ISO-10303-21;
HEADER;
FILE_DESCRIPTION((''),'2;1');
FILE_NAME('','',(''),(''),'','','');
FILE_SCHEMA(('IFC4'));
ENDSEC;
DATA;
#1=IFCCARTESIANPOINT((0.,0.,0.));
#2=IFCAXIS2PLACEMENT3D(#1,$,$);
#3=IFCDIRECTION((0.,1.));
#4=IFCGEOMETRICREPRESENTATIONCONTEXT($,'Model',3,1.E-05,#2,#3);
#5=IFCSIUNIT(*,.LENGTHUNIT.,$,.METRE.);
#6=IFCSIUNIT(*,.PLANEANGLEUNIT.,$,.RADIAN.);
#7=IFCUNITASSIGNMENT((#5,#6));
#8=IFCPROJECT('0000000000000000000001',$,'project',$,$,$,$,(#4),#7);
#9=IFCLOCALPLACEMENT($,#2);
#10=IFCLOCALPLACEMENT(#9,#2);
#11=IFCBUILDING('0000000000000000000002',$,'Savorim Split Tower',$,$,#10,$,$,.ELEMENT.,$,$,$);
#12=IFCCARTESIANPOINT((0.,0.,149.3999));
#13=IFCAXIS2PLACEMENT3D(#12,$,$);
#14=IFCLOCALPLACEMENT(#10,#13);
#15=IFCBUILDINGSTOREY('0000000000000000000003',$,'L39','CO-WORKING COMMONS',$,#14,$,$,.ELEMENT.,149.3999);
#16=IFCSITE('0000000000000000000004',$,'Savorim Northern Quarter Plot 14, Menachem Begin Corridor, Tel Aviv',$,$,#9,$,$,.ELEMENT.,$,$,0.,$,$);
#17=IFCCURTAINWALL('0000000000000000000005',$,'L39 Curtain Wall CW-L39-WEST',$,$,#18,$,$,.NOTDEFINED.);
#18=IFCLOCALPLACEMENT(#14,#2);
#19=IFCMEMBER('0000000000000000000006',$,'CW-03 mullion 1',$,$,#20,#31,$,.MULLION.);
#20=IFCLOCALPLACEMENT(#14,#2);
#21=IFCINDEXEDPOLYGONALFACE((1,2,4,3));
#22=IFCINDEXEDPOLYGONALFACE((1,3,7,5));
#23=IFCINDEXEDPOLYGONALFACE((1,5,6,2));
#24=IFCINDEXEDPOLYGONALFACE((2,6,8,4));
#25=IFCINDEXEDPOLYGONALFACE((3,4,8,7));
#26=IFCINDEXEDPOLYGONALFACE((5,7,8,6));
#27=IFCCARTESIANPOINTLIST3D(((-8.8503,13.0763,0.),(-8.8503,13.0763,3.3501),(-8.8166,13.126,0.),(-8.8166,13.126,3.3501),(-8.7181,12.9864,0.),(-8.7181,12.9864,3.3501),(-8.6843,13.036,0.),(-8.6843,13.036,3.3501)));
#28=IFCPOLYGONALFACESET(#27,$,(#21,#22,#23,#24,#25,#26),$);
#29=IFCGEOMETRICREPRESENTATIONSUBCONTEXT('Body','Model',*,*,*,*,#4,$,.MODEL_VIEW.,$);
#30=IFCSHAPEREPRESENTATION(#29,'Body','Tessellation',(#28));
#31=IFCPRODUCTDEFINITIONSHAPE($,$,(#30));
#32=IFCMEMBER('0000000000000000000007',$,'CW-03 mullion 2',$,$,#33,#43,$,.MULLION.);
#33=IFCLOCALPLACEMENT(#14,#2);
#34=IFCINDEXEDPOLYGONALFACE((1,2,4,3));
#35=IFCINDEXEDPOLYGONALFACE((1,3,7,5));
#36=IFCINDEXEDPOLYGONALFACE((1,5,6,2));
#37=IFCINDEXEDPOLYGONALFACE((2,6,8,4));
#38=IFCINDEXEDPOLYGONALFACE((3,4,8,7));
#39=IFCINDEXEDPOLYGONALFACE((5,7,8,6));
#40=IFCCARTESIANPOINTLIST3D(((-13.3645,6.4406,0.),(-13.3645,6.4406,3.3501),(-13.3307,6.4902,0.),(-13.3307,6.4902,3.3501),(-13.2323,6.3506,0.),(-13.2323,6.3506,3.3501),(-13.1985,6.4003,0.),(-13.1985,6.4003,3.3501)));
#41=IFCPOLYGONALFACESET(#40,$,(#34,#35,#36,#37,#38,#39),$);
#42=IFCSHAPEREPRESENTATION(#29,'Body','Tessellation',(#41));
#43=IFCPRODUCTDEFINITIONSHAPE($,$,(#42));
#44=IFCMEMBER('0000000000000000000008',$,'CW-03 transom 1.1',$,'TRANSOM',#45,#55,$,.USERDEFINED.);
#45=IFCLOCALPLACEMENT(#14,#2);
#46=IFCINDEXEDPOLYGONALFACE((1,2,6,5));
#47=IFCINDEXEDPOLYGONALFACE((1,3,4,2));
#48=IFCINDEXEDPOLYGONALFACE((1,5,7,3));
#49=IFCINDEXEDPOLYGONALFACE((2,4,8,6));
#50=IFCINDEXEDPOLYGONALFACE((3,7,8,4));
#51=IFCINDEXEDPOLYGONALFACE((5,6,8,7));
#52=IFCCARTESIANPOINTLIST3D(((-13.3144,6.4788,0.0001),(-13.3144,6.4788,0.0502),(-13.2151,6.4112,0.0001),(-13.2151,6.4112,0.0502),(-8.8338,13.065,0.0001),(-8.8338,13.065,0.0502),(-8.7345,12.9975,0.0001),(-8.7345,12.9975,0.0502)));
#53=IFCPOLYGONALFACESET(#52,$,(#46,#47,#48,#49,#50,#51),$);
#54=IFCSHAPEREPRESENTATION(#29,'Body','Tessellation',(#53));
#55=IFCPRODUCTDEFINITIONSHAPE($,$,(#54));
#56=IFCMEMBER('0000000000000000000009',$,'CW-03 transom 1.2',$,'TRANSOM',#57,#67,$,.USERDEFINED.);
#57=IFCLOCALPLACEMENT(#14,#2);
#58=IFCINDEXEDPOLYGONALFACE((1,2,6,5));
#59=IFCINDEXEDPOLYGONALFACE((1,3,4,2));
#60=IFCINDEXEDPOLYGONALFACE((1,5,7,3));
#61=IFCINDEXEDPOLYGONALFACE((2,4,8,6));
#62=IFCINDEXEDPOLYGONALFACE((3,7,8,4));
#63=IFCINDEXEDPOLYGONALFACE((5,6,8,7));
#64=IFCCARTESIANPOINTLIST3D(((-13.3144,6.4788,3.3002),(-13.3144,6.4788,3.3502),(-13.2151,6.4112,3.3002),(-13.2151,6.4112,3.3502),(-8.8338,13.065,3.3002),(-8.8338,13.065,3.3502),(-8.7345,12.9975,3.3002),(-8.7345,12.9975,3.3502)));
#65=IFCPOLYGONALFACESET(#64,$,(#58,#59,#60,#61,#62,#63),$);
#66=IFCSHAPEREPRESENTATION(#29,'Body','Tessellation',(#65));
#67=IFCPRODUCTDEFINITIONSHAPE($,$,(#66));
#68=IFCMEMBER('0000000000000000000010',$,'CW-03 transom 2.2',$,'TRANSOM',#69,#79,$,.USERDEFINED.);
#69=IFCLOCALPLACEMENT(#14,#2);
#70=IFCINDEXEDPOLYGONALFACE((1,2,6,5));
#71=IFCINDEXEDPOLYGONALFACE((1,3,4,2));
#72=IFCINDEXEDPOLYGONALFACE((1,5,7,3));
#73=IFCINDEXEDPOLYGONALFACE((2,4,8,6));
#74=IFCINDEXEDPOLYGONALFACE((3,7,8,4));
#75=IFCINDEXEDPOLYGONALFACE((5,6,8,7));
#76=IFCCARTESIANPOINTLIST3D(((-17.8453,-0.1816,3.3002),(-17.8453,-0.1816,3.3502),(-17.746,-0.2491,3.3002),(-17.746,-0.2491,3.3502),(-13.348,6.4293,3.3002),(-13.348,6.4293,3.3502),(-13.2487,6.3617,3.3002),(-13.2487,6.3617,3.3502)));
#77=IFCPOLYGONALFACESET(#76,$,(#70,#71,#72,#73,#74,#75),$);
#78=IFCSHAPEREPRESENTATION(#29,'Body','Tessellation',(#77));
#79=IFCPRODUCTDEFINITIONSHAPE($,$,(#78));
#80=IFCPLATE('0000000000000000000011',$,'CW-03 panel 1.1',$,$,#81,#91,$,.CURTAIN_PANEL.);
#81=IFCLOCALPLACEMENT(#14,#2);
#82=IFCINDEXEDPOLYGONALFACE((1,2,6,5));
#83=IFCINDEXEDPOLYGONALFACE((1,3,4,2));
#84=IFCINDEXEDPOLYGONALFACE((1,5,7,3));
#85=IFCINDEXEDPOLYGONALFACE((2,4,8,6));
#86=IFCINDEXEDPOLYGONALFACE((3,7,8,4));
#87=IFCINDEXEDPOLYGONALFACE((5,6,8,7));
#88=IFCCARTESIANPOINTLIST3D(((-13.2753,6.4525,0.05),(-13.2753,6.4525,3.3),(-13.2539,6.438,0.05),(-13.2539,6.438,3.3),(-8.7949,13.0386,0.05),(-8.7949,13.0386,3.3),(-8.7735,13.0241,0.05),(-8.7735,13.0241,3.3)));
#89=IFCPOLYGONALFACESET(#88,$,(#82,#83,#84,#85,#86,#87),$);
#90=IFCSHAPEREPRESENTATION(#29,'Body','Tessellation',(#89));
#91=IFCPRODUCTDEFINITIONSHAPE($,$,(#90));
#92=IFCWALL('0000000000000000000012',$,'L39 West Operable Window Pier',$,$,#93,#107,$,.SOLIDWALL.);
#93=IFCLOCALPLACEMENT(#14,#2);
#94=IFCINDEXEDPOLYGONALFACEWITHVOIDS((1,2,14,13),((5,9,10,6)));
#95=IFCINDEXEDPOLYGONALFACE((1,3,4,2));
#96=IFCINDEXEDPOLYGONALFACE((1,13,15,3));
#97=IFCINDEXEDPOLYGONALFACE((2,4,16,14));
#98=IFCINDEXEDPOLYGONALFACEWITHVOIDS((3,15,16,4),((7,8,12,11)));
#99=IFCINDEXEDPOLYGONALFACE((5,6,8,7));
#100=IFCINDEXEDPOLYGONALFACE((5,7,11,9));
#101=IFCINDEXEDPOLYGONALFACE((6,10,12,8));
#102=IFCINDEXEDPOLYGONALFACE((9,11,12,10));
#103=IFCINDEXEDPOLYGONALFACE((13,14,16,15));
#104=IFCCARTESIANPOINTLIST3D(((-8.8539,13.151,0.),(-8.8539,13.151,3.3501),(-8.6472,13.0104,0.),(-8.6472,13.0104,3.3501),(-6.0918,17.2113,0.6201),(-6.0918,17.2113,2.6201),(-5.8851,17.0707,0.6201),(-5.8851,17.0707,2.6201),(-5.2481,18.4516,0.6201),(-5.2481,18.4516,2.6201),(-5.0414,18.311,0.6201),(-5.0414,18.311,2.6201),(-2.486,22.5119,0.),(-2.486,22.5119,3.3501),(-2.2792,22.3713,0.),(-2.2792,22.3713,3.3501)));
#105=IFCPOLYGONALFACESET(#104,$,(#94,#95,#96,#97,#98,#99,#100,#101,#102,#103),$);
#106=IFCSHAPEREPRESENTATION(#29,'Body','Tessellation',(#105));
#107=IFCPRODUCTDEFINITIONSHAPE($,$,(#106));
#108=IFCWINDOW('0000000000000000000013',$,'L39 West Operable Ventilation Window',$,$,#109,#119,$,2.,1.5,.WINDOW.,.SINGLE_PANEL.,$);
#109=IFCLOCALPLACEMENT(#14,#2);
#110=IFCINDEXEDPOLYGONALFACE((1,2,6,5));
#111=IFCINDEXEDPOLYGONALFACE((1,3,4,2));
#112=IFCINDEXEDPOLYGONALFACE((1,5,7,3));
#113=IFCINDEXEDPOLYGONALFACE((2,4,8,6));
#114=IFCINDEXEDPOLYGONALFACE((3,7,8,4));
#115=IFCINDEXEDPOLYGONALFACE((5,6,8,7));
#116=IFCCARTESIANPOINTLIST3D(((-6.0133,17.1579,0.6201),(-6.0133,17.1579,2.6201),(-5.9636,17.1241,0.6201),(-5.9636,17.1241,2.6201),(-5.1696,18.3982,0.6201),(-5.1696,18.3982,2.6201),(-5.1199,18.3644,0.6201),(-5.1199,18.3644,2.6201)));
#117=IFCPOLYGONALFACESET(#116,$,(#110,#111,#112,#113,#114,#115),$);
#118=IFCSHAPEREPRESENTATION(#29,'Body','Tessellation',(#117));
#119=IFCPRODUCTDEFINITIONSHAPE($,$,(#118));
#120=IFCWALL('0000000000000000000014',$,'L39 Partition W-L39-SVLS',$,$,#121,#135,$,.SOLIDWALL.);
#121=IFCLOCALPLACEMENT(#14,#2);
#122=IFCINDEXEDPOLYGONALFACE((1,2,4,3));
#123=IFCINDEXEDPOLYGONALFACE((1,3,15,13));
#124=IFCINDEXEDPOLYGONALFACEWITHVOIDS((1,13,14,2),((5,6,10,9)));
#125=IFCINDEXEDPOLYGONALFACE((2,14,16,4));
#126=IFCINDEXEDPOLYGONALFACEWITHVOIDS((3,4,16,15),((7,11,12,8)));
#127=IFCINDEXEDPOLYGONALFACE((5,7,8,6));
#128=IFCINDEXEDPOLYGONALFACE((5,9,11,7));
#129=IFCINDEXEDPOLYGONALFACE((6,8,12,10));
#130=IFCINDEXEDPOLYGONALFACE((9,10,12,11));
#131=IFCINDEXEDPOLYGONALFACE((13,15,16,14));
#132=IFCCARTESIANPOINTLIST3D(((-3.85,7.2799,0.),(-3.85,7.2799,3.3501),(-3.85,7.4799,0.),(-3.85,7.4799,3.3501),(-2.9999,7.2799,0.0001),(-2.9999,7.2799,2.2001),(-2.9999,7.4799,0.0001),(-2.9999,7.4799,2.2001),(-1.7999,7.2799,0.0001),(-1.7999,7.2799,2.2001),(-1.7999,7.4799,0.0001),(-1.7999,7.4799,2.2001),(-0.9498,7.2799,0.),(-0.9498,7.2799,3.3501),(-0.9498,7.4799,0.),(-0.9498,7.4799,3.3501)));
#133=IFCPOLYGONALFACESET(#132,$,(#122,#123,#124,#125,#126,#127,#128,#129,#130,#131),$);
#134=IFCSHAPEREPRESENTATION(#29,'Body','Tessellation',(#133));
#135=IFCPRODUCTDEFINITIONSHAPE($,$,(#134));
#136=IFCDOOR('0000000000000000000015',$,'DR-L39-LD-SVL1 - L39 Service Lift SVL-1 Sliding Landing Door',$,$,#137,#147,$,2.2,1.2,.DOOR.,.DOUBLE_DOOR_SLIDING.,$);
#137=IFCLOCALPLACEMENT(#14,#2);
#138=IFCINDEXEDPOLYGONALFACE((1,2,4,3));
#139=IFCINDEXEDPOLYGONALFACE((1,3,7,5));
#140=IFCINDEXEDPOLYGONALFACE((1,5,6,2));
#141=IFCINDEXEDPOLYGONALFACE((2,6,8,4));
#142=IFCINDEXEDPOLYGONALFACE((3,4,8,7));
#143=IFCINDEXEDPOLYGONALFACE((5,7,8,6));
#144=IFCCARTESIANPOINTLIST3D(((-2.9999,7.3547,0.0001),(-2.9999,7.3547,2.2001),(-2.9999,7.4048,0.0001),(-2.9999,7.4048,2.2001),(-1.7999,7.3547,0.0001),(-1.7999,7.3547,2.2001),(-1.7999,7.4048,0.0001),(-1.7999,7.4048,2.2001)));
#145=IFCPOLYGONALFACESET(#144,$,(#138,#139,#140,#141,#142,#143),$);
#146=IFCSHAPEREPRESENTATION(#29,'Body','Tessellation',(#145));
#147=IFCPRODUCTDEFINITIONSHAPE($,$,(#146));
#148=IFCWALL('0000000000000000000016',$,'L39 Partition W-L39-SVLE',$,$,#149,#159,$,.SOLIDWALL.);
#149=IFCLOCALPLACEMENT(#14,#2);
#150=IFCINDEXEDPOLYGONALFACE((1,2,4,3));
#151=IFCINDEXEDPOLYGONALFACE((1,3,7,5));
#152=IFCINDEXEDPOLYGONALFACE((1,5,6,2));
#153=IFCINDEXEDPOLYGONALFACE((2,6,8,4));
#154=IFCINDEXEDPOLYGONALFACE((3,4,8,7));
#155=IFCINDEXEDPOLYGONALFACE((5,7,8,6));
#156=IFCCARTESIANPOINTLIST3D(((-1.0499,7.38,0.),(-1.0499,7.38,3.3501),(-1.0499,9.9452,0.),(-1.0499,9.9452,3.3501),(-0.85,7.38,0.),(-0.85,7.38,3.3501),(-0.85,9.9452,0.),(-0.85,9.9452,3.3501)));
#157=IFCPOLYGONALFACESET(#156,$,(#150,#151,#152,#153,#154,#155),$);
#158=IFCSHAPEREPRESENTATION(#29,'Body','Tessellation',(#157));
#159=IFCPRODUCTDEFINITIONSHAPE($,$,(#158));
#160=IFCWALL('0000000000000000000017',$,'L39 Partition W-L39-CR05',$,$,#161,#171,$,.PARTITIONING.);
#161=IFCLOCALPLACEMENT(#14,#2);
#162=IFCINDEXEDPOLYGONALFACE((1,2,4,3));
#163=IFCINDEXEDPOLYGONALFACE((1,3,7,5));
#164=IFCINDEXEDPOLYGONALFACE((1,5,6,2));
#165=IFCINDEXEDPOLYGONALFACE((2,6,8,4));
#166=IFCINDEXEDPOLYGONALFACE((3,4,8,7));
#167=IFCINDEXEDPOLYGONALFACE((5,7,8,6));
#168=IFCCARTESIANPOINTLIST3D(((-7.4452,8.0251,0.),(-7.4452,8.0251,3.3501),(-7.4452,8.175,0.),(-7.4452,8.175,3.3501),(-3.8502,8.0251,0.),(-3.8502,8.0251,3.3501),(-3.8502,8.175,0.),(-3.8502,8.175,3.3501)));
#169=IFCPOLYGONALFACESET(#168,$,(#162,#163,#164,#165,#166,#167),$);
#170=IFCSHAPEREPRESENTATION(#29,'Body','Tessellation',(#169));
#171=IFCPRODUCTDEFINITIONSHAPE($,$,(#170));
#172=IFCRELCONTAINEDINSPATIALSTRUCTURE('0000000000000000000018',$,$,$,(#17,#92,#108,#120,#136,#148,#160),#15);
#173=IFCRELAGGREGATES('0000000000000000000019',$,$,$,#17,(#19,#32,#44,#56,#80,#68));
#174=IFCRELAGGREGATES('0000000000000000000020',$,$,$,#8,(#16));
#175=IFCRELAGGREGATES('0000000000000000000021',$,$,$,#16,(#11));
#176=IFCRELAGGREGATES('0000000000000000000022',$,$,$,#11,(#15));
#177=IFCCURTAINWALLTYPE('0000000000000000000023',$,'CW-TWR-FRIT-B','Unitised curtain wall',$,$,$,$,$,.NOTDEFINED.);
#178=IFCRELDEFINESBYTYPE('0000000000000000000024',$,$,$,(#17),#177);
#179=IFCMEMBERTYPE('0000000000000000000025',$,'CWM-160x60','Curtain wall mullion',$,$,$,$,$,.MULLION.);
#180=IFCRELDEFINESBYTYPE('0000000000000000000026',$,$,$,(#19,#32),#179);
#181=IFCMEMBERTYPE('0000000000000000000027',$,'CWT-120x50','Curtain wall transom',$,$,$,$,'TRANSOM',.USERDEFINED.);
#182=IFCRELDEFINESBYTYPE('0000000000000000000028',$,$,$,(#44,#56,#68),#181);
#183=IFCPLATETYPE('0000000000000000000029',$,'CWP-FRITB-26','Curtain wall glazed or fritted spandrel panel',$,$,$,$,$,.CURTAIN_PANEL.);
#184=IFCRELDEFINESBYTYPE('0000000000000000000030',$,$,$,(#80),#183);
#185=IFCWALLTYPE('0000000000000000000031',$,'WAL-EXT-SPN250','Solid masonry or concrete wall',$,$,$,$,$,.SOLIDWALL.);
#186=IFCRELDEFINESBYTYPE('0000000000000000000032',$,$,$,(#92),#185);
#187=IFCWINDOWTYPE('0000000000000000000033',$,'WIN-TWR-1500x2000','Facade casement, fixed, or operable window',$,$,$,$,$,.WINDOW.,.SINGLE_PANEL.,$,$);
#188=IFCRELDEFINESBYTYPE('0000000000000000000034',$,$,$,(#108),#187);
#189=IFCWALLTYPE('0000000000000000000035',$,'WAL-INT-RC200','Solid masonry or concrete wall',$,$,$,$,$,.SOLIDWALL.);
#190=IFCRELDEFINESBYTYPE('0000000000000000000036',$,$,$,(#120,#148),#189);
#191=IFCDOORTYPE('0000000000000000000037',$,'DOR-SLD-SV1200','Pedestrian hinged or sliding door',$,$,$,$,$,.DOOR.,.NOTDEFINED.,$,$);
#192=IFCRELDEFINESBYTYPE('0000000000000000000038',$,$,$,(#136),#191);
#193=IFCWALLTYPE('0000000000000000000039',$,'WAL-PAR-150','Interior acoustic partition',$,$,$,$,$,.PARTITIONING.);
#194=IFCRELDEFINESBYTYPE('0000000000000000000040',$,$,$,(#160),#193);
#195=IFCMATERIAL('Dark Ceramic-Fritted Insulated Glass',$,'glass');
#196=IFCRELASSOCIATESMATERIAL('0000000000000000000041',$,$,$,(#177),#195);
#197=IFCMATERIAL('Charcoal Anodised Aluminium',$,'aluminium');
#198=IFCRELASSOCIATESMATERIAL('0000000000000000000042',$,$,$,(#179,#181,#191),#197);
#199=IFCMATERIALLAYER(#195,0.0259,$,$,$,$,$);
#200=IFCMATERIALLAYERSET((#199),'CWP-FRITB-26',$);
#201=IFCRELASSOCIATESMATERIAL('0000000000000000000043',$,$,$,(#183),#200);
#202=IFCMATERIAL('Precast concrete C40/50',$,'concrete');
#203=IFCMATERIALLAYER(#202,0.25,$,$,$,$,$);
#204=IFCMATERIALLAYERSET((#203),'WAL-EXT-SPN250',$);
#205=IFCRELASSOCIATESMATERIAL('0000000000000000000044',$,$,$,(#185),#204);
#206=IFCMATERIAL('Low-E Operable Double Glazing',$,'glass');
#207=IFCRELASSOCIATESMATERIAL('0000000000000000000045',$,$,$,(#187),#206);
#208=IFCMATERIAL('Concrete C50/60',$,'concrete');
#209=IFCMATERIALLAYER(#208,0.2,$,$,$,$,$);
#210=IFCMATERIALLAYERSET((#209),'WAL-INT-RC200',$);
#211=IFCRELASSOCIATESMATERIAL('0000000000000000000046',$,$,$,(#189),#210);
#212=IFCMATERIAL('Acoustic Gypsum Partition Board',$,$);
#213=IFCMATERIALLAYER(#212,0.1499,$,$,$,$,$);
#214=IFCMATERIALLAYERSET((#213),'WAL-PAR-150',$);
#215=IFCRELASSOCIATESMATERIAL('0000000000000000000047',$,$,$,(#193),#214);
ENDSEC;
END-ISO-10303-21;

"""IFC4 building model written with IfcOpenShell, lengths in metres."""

from ifc_helpers import new_model, si_unit, direction, frame, frame_2d, origin, origin_2d, place, context, subcontext, project, spatial, rectangle, extrude, material, layer, layer_set, material_profile, profile_set, type_object, element, fill, aggregate, save


model = new_model("IFC4")

# Units and contexts
model_context = context("Model", 3, precision=1e-05, world=origin(), true_north=direction((0.0, 1.0)))
body_context = subcontext(model_context, "Body", "Model", "MODEL_VIEW")
ifc_project = project(units=[si_unit("LENGTHUNIT", "METRE"), si_unit("PLANEANGLEUNIT", "RADIAN")], contexts=[model_context])

# Site, building, storey
site_placement = place(None, origin())
site = spatial("IfcSite", under=ifc_project, at=site_placement, Name="Savorim Northern Quarter Plot 14, Menachem Begin Corridor, Tel Aviv", CompositionType="ELEMENT", RefElevation=0.0)
building_placement = place(site_placement, origin())
building = spatial("IfcBuilding", under=site, at=building_placement, Name="Savorim Split Tower", CompositionType="ELEMENT")
storey_placement = place(building_placement, frame((0.0, 0.0, 149.3999)))
storey = spatial("IfcBuildingStorey", under=building, at=storey_placement, Name="L39", Description="CO-WORKING COMMONS", CompositionType="ELEMENT", Elevation=149.3999)

# Curtain wall, members, plate
ifc_material_1 = material(Name="Dark Ceramic-Fritted Insulated Glass", Category="glass")
curtain_wall_type = type_object("IfcCurtainWallType", Name="CW-TWR-FRIT-B", Description="Unitised curtain wall", PredefinedType="NOTDEFINED", material=ifc_material_1)
curtain_wall_placement = place(storey_placement, origin())
curtain_wall = element("IfcCurtainWall", 1, at=curtain_wall_placement, inside=storey, type_object=curtain_wall_type, Name="L39 Curtain Wall CW-L39-WEST", PredefinedType="NOTDEFINED")
ifc_material_2 = material(Name="Charcoal Anodised Aluminium", Category="aluminium")
ifc_material_profile_1 = material_profile(ifc_material_2, rectangle(XDim=0.1599, YDim=0.0601, at=origin_2d()), Name="ALU-M 160x60")
ifc_profile_set_1 = profile_set([ifc_material_profile_1], Name="Charcoal Anodised Aluminium")
member_type_1 = type_object("IfcMemberType", Name="CWM-160x60", Description="Curtain wall mullion", PredefinedType="MULLION", material=ifc_profile_set_1)
member_1_placement = place(storey_placement, frame((-8.7673, 13.0562, 0.0), z_axis=(0.0, 0.0, 1.0), x_axis=(0.82682, -0.562466, 0.0)))
member_1 = element("IfcMember", 2, at=member_1_placement, type_object=member_type_1, Name="CW-03 mullion 1", PredefinedType="MULLION", context=body_context, shape_type="SweptSolid", body=[
    extrude(rectangle(XDim=0.1599, YDim=0.0601, at=origin_2d()), origin(), (0.0, 0.0, 1.0), 3.3501),
])
member_2_placement = place(storey_placement, frame((-13.2815, 6.4204, 0.0), z_axis=(0.0, 0.0, 1.0), x_axis=(0.82682, -0.562466, 0.0)))
member_2 = element("IfcMember", 3, at=member_2_placement, type_object=member_type_1, Name="CW-03 mullion 2", PredefinedType="MULLION", context=body_context, shape_type="SweptSolid", body=[
    extrude(rectangle(XDim=0.1599, YDim=0.0601, at=origin_2d()), origin(), (0.0, 0.0, 1.0), 3.3501),
])
ifc_material_profile_2 = material_profile(ifc_material_2, rectangle(XDim=0.1201, YDim=0.05, at=origin_2d()), Name="ALU-T 120x50")
ifc_profile_set_2 = profile_set([ifc_material_profile_2], Name="Charcoal Anodised Aluminium")
member_type_2 = type_object("IfcMemberType", Name="CWT-120x50", Description="Curtain wall transom", ElementType="TRANSOM", PredefinedType="USERDEFINED", material=ifc_profile_set_2)
member_3_placement = place(storey_placement, frame((-8.7842, 13.0312, 0.0251), z_axis=(-0.56247, -0.826818, 0.0), x_axis=(0.826818, -0.56247, 0.0)))
member_3 = element("IfcMember", 4, at=member_3_placement, type_object=member_type_2, Name="CW-03 transom 1.1", ObjectType="TRANSOM", PredefinedType="USERDEFINED", context=body_context, shape_type="SweptSolid", body=[
    extrude(rectangle(XDim=0.1201, YDim=0.05, at=origin_2d()), origin(), (0.0, 0.0, 1.0), 7.9658),
])
member_4_placement = place(storey_placement, frame((-8.7842, 13.0312, 3.3252), z_axis=(-0.56247, -0.826818, 0.0), x_axis=(0.826818, -0.56247, 0.0)))
member_4 = element("IfcMember", 5, at=member_4_placement, type_object=member_type_2, Name="CW-03 transom 1.2", ObjectType="TRANSOM", PredefinedType="USERDEFINED", context=body_context, shape_type="SweptSolid", body=[
    extrude(rectangle(XDim=0.1201, YDim=0.05, at=origin_2d()), origin(), (0.0, 0.0, 1.0), 7.9658),
])
member_5_placement = place(storey_placement, frame((-13.2983, 6.3955, 3.3252), z_axis=(-0.562476, -0.826813, 0.0), x_axis=(0.826813, -0.562476, 0.0)))
member_5 = element("IfcMember", 6, at=member_5_placement, type_object=member_type_2, Name="CW-03 transom 2.2", ObjectType="TRANSOM", PredefinedType="USERDEFINED", context=body_context, shape_type="SweptSolid", body=[
    extrude(rectangle(XDim=0.1201, YDim=0.05, at=origin_2d()), origin(), (0.0, 0.0, 1.0), 7.9956),
])
ifc_layer_1 = layer(ifc_material_1, 0.0259)
ifc_layer_set_1 = layer_set([ifc_layer_1], Name="CWP-FRITB-26")
plate_type = type_object("IfcPlateType", Name="CWP-FRITB-26", Description="Curtain wall glazed or fritted spandrel panel", PredefinedType="CURTAIN_PANEL", material=ifc_layer_set_1)
plate_placement = place(storey_placement, frame((-11.0244, 9.7383, 0.05), z_axis=(0.0, 0.0, 1.0), x_axis=(-0.562466, -0.82682, 0.0)))
plate = element("IfcPlate", 7, at=plate_placement, type_object=plate_type, Name="CW-03 panel 1.1", PredefinedType="CURTAIN_PANEL", context=body_context, shape_type="SweptSolid", body=[
    extrude(rectangle(XDim=7.9656, YDim=0.0259, at=origin_2d()), origin(), (0.0, 0.0, 1.0), 3.25),
])
aggregate(curtain_wall, [member_1, member_2, member_3, member_4, plate, member_5])

# Shared definitions
ifc_material_3 = material(Name="Precast concrete C40/50", Category="concrete")

# Wall, opening, window
ifc_layer_2 = layer(ifc_material_3, 0.25)
ifc_layer_set_2 = layer_set([ifc_layer_2], Name="WAL-EXT-SPN250")
wall_type_1 = type_object("IfcWallType", Name="WAL-EXT-SPN250", Description="Solid masonry or concrete wall", PredefinedType="SOLIDWALL", material=ifc_layer_set_2)
wall_1_placement = place(storey_placement, frame((-8.7505, 13.0808, 0.0), z_axis=(0.0, 0.0, 1.0), x_axis=(0.562464, 0.826822, 0.0)))
wall_1 = element("IfcWall", 8, at=wall_1_placement, inside=storey, type_object=wall_type_1, Name="L39 West Operable Window Pier", PredefinedType="SOLIDWALL", context=body_context, shape_type="SweptSolid", body=[
    extrude(rectangle(XDim=11.3215, YDim=0.25, at=frame_2d((5.6606, 0.0))), origin(), (0.0, 0.0, 1.0), 3.3501),
])
opening_1_placement = place(wall_1_placement, frame((4.9106, 0.0, 0.6201)))
opening_1 = element("IfcOpeningElement", 9, at=opening_1_placement, cuts=wall_1, PredefinedType="OPENING", context=body_context, shape_type="SweptSolid", body=[
    extrude(rectangle(XDim=1.5, YDim=2.0, at=frame_2d((0.75, 1.0))), frame((0.0, 0.135, 0.0), z_axis=(0.0, -1.0, 0.0), x_axis=(1.0, 0.0, 0.0)), (0.0, 0.0, 1.0), 0.27),
])
ifc_material_4 = material(Name="Low-E Operable Double Glazing", Category="glass")
window_type = type_object("IfcWindowType", Name="WIN-TWR-1500x2000", Description="Facade casement, fixed, or operable window", PartitioningType="SINGLE_PANEL", PredefinedType="WINDOW", material=ifc_material_4)
window_placement = place(opening_1_placement, origin())
window = element("IfcWindow", 10, at=window_placement, inside=storey, type_object=window_type, Name="L39 West Operable Ventilation Window", OverallHeight=2.0, OverallWidth=1.5, PartitioningType="SINGLE_PANEL", PredefinedType="WINDOW", context=body_context, shape_type="SweptSolid", body=[
    extrude(rectangle(XDim=1.5, YDim=2.0, at=frame_2d((0.75, 1.0))), frame((0.0, 0.03, 0.0), z_axis=(0.0, -1.0, 0.0), x_axis=(1.0, 0.0, 0.0)), (0.0, 0.0, 1.0), 0.0601),
])
fill(opening_1, window)

# Wall, opening, door
ifc_material_5 = material(Name="Concrete C50/60", Category="concrete")
ifc_layer_3 = layer(ifc_material_5, 0.2)
ifc_layer_set_3 = layer_set([ifc_layer_3], Name="WAL-INT-RC200")
wall_type_2 = type_object("IfcWallType", Name="WAL-INT-RC200", Description="Solid masonry or concrete wall", PredefinedType="SOLIDWALL", material=ifc_layer_set_3)
wall_2_placement = place(storey_placement, frame((-3.8501, 7.3799, 0.0), z_axis=(0.0, 0.0, 1.0), x_axis=(1.0, 0.0, 0.0)))
wall_2 = element("IfcWall", 11, at=wall_2_placement, inside=storey, type_object=wall_type_2, Name="L39 Partition W-L39-SVLS", PredefinedType="SOLIDWALL", context=body_context, shape_type="SweptSolid", body=[
    extrude(rectangle(XDim=2.9001, YDim=0.2, at=frame_2d((1.4502, 0.0))), origin(), (0.0, 0.0, 1.0), 3.3501),
])
opening_2_placement = place(wall_2_placement, frame((0.8501, 0.0, 0.0)))
opening_2 = element("IfcOpeningElement", 12, at=opening_2_placement, cuts=wall_2, PredefinedType="OPENING", context=body_context, shape_type="SweptSolid", body=[
    extrude(rectangle(XDim=1.2, YDim=2.2, at=frame_2d((0.6001, 1.1001))), frame((0.0, 0.1099, 0.0), z_axis=(0.0, -1.0, 0.0), x_axis=(1.0, 0.0, 0.0)), (0.0, 0.0, 1.0), 0.22),
])
door_type_1 = type_object("IfcDoorType", Name="DOR-SLD-SV1200", Description="Pedestrian hinged or sliding door", OperationType="NOTDEFINED", PredefinedType="DOOR", material=ifc_material_2)
door_1_placement = place(opening_2_placement, origin())
door_1 = element("IfcDoor", 13, at=door_1_placement, inside=storey, type_object=door_type_1, Name="DR-L39-LD-SVL1 - L39 Service Lift SVL-1 Sliding Landing Door", OperationType="DOUBLE_DOOR_SLIDING", OverallHeight=2.2, OverallWidth=1.2, PredefinedType="DOOR", context=body_context, shape_type="SweptSolid", body=[
    extrude(rectangle(XDim=1.2, YDim=2.2, at=frame_2d((0.6001, 1.1001))), frame((0.0, 0.0249, 0.0), z_axis=(0.0, -1.0, 0.0), x_axis=(1.0, 0.0, 0.0)), (0.0, 0.0, 1.0), 0.05),
])
fill(opening_2, door_1)

# Walls
wall_3_placement = place(storey_placement, frame((-0.95, 7.3799, 0.0), z_axis=(0.0, 0.0, 1.0), x_axis=(0.0, 1.0, 0.0)))
element("IfcWall", 14, at=wall_3_placement, inside=storey, type_object=wall_type_2, Name="L39 Partition W-L39-SVLE", PredefinedType="SOLIDWALL", context=body_context, shape_type="SweptSolid", body=[
    extrude(rectangle(XDim=2.5652, YDim=0.2, at=frame_2d((1.2827, 0.0))), origin(), (0.0, 0.0, 1.0), 3.3501),
])
ifc_material_6 = material(Name="Acoustic Gypsum Partition Board")
ifc_layer_4 = layer(ifc_material_6, 0.1499)
ifc_layer_set_4 = layer_set([ifc_layer_4], Name="WAL-PAR-150")
wall_type_3 = type_object("IfcWallType", Name="WAL-PAR-150", Description="Interior acoustic partition", PredefinedType="PARTITIONING", material=ifc_layer_set_4)
wall_4_placement = place(storey_placement, frame((-7.4451, 8.1001, 0.0), z_axis=(0.0, 0.0, 1.0), x_axis=(1.0, 0.0, 0.0)))
element("IfcWall", 15, at=wall_4_placement, inside=storey, type_object=wall_type_3, Name="L39 Partition W-L39-CR05", PredefinedType="PARTITIONING", context=body_context, shape_type="SweptSolid", body=[
    extrude(rectangle(XDim=3.595, YDim=0.1499, at=frame_2d((1.7974, 0.0))), origin(), (0.0, 0.0, 1.0), 3.3501),
])

save(model, "model.ifc")
